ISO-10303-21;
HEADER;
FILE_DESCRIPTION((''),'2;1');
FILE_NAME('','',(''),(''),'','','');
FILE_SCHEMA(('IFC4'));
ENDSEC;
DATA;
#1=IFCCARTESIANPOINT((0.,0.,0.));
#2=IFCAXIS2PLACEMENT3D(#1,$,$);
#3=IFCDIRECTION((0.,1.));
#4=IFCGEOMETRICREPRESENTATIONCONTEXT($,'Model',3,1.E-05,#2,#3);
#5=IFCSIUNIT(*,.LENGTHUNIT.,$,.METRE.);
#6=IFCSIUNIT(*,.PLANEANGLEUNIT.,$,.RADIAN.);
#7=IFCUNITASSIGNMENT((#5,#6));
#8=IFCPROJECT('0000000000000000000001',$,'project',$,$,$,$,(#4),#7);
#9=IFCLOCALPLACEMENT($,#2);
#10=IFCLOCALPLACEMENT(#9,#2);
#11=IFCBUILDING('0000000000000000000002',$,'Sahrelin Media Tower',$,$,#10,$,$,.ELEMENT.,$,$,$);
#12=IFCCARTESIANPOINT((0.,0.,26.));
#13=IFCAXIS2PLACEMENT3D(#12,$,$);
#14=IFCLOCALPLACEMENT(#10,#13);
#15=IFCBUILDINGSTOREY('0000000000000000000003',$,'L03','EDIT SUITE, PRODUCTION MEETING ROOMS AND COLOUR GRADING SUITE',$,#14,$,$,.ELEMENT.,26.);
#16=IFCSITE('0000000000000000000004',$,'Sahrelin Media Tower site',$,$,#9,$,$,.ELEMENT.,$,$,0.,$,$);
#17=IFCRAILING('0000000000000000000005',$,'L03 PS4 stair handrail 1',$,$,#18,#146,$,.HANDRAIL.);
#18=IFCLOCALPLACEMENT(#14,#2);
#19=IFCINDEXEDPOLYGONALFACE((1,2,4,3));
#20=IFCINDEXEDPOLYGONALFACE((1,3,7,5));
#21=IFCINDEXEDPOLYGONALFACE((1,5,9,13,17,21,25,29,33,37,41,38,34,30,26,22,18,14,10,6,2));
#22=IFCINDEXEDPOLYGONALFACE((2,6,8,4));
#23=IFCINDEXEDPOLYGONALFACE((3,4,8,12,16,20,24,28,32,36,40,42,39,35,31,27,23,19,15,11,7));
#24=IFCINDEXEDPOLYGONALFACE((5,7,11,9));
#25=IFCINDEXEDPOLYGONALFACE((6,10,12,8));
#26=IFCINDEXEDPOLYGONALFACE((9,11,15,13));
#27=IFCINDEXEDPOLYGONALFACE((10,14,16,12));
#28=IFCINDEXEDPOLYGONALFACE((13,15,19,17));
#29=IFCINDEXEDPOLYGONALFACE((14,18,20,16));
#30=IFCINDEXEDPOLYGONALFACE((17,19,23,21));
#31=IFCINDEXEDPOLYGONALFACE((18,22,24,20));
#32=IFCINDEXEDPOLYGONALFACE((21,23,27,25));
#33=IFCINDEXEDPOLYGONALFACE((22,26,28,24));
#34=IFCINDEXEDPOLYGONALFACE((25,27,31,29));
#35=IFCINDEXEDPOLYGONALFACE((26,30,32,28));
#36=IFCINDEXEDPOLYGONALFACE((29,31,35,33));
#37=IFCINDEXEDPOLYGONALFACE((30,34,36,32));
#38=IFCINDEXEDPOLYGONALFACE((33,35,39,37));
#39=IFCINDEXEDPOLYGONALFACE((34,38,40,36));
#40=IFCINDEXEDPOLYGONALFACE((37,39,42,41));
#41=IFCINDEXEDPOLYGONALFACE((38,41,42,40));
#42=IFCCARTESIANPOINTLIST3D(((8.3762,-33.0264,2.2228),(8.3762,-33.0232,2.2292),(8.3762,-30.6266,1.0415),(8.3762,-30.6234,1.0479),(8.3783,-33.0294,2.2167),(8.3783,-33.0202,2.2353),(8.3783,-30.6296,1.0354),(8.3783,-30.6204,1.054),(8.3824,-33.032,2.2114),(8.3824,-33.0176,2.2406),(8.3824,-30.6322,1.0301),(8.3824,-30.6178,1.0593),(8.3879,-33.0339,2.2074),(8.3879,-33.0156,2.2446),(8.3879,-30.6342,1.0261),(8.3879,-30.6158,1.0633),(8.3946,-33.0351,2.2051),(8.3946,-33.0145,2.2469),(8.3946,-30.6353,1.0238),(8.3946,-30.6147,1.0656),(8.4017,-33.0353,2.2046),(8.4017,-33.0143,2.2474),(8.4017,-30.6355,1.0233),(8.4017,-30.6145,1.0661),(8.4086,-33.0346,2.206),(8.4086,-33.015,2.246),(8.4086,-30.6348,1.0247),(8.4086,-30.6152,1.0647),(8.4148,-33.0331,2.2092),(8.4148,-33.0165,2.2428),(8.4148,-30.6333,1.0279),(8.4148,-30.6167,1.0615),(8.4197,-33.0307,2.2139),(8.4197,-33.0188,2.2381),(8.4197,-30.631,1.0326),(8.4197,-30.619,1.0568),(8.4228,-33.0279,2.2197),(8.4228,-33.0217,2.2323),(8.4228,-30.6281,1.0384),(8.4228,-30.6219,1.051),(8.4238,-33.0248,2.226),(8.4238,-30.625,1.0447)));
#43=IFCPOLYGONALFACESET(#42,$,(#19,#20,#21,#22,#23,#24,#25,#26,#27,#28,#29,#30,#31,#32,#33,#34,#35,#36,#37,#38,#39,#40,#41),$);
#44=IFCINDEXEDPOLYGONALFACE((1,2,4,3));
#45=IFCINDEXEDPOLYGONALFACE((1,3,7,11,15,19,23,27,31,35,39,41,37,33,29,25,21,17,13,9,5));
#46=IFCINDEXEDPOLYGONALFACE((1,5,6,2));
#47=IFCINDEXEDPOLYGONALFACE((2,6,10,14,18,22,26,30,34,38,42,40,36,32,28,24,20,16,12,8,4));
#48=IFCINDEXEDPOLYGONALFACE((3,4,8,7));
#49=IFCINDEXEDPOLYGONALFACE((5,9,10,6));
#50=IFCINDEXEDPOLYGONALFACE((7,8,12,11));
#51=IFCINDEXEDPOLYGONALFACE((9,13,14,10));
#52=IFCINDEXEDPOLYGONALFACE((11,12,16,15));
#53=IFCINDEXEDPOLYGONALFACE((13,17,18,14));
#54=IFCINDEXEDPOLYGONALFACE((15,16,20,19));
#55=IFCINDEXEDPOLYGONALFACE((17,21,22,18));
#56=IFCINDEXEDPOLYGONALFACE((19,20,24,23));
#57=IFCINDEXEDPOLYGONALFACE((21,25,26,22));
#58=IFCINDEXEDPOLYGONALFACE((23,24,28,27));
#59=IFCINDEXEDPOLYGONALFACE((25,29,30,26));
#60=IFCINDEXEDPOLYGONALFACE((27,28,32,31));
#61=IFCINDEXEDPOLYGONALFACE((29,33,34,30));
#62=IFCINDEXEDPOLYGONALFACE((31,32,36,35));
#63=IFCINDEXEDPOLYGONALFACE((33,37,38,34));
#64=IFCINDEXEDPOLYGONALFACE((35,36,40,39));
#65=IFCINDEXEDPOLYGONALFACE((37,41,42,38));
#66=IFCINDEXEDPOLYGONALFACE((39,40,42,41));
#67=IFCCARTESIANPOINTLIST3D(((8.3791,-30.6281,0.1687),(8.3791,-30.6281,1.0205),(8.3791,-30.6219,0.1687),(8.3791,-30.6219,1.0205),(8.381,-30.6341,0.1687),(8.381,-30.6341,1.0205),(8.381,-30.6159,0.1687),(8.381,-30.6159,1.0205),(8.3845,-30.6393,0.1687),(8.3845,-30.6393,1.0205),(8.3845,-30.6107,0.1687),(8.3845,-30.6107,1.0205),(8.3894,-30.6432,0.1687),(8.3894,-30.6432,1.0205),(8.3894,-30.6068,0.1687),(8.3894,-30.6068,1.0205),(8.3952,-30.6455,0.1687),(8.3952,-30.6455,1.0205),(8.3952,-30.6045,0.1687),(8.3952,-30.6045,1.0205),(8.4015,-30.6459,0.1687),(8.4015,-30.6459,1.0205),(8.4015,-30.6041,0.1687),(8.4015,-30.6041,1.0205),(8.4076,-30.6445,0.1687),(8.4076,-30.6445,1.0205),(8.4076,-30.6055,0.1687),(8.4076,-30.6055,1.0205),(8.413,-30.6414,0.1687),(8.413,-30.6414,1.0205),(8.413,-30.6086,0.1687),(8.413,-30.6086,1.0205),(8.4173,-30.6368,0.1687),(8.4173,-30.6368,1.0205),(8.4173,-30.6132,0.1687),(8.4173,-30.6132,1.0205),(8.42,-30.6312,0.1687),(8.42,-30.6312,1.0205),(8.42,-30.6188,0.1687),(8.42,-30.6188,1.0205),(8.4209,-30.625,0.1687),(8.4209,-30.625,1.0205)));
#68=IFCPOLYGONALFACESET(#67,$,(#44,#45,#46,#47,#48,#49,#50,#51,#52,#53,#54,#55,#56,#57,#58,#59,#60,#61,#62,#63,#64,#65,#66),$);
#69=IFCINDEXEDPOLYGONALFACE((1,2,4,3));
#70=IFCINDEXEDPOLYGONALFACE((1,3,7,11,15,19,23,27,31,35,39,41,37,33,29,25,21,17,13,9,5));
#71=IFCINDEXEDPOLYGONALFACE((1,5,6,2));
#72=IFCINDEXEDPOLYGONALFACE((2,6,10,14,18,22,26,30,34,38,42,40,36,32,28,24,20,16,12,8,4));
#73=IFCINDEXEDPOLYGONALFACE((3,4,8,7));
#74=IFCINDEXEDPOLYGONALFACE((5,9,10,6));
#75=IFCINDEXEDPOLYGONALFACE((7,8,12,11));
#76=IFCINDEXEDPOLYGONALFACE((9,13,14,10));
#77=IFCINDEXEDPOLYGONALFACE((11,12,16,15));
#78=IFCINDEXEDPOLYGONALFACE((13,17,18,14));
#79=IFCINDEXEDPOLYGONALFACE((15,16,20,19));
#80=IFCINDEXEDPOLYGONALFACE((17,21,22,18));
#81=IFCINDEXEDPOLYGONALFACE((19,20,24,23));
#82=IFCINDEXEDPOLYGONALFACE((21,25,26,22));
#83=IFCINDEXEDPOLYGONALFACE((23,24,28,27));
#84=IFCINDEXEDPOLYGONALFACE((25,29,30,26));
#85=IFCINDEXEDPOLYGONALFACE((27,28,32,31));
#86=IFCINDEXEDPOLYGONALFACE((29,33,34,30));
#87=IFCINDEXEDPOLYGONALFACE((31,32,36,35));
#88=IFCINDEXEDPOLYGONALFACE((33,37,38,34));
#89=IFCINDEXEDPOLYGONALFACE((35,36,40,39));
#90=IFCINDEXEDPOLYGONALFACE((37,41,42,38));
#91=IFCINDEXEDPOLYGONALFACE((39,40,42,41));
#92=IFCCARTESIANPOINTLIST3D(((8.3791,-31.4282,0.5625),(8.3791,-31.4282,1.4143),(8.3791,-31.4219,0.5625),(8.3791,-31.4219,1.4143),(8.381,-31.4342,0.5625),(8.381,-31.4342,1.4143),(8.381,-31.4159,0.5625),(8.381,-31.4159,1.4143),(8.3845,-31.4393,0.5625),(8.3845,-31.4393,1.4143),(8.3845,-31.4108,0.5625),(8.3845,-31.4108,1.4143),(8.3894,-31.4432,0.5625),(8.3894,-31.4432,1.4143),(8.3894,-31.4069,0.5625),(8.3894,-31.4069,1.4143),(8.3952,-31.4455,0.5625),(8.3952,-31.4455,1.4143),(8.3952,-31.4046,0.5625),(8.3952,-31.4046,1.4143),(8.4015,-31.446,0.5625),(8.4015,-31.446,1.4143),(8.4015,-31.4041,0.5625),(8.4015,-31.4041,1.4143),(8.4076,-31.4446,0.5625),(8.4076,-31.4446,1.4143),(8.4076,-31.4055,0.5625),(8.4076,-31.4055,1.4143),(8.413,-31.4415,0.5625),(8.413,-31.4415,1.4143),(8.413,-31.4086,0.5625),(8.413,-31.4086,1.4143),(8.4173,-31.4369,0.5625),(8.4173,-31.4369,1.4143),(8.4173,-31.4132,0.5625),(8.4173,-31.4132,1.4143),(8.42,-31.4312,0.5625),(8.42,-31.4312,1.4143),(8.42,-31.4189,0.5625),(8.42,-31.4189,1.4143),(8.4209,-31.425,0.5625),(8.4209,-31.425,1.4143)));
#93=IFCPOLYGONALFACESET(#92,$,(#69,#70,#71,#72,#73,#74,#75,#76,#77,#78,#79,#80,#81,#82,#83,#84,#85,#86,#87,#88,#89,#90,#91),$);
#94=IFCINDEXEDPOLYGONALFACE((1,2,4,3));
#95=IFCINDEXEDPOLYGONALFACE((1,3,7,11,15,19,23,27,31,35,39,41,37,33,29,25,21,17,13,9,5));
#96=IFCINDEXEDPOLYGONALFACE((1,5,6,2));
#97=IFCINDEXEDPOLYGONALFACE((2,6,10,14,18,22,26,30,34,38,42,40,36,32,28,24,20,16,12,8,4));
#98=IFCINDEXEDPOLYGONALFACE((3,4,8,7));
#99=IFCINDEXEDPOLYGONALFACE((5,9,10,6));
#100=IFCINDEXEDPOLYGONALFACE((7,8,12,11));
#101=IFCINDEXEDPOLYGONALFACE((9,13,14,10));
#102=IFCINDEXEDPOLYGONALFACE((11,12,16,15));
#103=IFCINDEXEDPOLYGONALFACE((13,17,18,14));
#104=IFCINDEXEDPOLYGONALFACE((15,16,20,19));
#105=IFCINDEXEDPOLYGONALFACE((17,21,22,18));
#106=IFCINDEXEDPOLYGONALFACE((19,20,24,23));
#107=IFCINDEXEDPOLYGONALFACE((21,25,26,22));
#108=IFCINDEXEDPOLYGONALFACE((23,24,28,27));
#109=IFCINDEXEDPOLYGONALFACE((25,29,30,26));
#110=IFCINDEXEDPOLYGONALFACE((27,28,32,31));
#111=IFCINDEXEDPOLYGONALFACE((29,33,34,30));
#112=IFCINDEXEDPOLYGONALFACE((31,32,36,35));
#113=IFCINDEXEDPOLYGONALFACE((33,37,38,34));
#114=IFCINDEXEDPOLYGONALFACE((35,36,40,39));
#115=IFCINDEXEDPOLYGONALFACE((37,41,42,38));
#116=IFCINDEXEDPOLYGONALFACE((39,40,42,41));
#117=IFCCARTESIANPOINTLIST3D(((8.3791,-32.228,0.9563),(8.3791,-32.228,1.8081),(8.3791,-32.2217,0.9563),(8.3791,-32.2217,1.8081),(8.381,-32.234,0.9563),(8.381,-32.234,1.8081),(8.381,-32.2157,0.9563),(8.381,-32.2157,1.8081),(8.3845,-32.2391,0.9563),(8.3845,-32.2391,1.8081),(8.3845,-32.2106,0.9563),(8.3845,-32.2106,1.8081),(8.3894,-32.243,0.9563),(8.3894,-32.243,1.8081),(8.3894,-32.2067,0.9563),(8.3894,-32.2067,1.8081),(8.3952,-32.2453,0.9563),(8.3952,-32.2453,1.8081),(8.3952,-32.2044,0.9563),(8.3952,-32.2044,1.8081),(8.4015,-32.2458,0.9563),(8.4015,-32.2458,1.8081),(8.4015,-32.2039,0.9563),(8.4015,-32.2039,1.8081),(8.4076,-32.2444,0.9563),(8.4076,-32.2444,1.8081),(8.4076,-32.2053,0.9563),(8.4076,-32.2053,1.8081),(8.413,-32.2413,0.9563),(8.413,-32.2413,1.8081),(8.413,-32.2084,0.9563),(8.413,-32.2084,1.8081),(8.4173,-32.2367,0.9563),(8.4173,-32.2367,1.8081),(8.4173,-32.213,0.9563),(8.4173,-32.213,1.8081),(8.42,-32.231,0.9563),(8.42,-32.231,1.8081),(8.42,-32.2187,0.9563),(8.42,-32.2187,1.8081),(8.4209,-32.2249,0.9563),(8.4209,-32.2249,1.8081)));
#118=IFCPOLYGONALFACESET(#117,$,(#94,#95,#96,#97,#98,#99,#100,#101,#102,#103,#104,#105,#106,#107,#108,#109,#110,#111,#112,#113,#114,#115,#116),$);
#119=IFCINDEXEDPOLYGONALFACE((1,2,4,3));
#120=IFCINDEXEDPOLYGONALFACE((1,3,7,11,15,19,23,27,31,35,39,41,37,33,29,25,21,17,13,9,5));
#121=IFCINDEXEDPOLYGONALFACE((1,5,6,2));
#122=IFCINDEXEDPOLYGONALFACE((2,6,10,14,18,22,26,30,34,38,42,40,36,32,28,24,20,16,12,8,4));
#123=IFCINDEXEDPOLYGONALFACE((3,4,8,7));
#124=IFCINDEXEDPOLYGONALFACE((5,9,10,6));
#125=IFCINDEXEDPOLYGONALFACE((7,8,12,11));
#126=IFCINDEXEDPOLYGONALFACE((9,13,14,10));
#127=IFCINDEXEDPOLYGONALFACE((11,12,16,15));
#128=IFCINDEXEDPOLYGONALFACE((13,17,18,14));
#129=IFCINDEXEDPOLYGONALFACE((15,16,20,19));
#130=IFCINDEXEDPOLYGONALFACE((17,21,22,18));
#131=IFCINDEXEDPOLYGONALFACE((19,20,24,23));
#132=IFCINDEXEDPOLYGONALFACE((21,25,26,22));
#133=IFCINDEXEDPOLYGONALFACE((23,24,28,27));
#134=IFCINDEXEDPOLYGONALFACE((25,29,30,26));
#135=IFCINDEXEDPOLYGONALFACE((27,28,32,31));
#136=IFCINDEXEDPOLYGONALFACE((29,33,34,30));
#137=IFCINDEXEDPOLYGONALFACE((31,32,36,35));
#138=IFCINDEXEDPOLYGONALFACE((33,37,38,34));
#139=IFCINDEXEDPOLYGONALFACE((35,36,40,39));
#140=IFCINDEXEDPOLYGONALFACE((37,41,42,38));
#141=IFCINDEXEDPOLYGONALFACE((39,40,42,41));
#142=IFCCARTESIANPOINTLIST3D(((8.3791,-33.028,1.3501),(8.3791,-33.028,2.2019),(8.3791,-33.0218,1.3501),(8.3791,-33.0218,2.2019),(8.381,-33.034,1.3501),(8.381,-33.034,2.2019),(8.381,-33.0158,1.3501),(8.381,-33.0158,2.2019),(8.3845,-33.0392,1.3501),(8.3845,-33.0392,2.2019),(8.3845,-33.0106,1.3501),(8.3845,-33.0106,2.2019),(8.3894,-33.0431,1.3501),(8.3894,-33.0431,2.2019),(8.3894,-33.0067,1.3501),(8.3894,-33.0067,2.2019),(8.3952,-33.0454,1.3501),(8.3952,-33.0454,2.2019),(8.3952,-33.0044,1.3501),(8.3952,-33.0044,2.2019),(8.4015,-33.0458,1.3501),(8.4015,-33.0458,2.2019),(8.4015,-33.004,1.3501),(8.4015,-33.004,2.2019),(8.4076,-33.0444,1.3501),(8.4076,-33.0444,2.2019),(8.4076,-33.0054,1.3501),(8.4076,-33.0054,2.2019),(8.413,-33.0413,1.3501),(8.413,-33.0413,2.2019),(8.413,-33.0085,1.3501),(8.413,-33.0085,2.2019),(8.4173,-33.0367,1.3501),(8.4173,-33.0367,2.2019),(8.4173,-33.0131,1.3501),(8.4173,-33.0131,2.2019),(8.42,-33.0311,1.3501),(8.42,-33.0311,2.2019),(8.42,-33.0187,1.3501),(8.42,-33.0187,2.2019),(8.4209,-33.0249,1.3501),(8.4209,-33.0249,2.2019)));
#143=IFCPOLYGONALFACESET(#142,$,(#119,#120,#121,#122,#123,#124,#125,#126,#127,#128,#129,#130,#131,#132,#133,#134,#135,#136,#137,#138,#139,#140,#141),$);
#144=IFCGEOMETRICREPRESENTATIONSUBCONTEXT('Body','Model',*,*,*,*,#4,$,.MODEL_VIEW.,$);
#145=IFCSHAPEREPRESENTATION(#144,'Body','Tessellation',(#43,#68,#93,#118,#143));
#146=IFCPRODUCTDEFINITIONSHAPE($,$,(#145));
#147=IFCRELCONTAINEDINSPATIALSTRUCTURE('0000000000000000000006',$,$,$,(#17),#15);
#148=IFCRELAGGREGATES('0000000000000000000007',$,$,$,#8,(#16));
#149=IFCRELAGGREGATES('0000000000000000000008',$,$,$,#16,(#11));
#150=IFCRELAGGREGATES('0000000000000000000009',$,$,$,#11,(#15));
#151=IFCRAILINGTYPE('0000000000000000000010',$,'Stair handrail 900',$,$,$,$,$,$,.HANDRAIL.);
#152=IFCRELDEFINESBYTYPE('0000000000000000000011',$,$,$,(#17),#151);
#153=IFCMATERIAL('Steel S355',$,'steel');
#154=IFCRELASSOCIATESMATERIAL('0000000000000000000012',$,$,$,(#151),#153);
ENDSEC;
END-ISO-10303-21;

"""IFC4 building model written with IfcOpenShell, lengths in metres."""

from ifc_helpers import new_model, si_unit, direction, frame, origin, origin_2d, place, context, subcontext, project, spatial, circle, extrude, material, type_object, element, save


model = new_model("IFC4")

# Units and contexts
model_context = context("Model", 3, precision=1e-05, world=origin(), true_north=direction((0.0, 1.0)))
body_context = subcontext(model_context, "Body", "Model", "MODEL_VIEW")
ifc_project = project(units=[si_unit("LENGTHUNIT", "METRE"), si_unit("PLANEANGLEUNIT", "RADIAN")], contexts=[model_context])

# Site, building, storey
site_placement = place(None, origin())
site = spatial("IfcSite", under=ifc_project, at=site_placement, Name="Sahrelin Media Tower site", CompositionType="ELEMENT", RefElevation=0.0)
building_placement = place(site_placement, origin())
building = spatial("IfcBuilding", under=site, at=building_placement, Name="Sahrelin Media Tower", CompositionType="ELEMENT")
storey_placement = place(building_placement, frame((0.0, 0.0, 26.0)))
storey = spatial("IfcBuildingStorey", under=building, at=storey_placement, Name="L03", Description="EDIT SUITE, PRODUCTION MEETING ROOMS AND COLOUR GRADING SUITE", CompositionType="ELEMENT", Elevation=26.0)

# Shared definitions
ifc_material_1 = material(Name="Steel S355", Category="steel")

# Railing
railing_type_1 = type_object("IfcRailingType", Name="Stair handrail 900", PredefinedType="HANDRAIL", material=ifc_material_1)
railing_1_placement = place(storey_placement, frame((8.3999, -30.625, 0.1687)))
element("IfcRailing", 1, at=railing_1_placement, inside=storey, type_object=railing_type_1, Name="L03 PS4 stair handrail 1", PredefinedType="HANDRAIL", context=body_context, shape_type="SweptSolid", body=[
    extrude(circle(Radius=0.0239, at=origin_2d()), frame((0.0, 0.0, 0.876), z_axis=(0.0, -0.897185, 0.441656), x_axis=(1.0, 0.0, 0.0)), (0.0, 0.0, 1.0), 2.6748),
    extrude(circle(Radius=0.021, at=origin_2d()), origin(), (0.0, 0.0, 1.0), 0.8518),
    extrude(circle(Radius=0.021, at=origin_2d()), frame((0.0, -0.8, 0.3938)), (0.0, 0.0, 1.0), 0.8518),
    extrude(circle(Radius=0.021, at=origin_2d()), frame((0.0, -1.5999, 0.7876)), (0.0, 0.0, 1.0), 0.8518),
    extrude(circle(Radius=0.021, at=origin_2d()), frame((0.0, -2.3999, 1.1814)), (0.0, 0.0, 1.0), 0.8518),
])

save(model, "model.ifc")
